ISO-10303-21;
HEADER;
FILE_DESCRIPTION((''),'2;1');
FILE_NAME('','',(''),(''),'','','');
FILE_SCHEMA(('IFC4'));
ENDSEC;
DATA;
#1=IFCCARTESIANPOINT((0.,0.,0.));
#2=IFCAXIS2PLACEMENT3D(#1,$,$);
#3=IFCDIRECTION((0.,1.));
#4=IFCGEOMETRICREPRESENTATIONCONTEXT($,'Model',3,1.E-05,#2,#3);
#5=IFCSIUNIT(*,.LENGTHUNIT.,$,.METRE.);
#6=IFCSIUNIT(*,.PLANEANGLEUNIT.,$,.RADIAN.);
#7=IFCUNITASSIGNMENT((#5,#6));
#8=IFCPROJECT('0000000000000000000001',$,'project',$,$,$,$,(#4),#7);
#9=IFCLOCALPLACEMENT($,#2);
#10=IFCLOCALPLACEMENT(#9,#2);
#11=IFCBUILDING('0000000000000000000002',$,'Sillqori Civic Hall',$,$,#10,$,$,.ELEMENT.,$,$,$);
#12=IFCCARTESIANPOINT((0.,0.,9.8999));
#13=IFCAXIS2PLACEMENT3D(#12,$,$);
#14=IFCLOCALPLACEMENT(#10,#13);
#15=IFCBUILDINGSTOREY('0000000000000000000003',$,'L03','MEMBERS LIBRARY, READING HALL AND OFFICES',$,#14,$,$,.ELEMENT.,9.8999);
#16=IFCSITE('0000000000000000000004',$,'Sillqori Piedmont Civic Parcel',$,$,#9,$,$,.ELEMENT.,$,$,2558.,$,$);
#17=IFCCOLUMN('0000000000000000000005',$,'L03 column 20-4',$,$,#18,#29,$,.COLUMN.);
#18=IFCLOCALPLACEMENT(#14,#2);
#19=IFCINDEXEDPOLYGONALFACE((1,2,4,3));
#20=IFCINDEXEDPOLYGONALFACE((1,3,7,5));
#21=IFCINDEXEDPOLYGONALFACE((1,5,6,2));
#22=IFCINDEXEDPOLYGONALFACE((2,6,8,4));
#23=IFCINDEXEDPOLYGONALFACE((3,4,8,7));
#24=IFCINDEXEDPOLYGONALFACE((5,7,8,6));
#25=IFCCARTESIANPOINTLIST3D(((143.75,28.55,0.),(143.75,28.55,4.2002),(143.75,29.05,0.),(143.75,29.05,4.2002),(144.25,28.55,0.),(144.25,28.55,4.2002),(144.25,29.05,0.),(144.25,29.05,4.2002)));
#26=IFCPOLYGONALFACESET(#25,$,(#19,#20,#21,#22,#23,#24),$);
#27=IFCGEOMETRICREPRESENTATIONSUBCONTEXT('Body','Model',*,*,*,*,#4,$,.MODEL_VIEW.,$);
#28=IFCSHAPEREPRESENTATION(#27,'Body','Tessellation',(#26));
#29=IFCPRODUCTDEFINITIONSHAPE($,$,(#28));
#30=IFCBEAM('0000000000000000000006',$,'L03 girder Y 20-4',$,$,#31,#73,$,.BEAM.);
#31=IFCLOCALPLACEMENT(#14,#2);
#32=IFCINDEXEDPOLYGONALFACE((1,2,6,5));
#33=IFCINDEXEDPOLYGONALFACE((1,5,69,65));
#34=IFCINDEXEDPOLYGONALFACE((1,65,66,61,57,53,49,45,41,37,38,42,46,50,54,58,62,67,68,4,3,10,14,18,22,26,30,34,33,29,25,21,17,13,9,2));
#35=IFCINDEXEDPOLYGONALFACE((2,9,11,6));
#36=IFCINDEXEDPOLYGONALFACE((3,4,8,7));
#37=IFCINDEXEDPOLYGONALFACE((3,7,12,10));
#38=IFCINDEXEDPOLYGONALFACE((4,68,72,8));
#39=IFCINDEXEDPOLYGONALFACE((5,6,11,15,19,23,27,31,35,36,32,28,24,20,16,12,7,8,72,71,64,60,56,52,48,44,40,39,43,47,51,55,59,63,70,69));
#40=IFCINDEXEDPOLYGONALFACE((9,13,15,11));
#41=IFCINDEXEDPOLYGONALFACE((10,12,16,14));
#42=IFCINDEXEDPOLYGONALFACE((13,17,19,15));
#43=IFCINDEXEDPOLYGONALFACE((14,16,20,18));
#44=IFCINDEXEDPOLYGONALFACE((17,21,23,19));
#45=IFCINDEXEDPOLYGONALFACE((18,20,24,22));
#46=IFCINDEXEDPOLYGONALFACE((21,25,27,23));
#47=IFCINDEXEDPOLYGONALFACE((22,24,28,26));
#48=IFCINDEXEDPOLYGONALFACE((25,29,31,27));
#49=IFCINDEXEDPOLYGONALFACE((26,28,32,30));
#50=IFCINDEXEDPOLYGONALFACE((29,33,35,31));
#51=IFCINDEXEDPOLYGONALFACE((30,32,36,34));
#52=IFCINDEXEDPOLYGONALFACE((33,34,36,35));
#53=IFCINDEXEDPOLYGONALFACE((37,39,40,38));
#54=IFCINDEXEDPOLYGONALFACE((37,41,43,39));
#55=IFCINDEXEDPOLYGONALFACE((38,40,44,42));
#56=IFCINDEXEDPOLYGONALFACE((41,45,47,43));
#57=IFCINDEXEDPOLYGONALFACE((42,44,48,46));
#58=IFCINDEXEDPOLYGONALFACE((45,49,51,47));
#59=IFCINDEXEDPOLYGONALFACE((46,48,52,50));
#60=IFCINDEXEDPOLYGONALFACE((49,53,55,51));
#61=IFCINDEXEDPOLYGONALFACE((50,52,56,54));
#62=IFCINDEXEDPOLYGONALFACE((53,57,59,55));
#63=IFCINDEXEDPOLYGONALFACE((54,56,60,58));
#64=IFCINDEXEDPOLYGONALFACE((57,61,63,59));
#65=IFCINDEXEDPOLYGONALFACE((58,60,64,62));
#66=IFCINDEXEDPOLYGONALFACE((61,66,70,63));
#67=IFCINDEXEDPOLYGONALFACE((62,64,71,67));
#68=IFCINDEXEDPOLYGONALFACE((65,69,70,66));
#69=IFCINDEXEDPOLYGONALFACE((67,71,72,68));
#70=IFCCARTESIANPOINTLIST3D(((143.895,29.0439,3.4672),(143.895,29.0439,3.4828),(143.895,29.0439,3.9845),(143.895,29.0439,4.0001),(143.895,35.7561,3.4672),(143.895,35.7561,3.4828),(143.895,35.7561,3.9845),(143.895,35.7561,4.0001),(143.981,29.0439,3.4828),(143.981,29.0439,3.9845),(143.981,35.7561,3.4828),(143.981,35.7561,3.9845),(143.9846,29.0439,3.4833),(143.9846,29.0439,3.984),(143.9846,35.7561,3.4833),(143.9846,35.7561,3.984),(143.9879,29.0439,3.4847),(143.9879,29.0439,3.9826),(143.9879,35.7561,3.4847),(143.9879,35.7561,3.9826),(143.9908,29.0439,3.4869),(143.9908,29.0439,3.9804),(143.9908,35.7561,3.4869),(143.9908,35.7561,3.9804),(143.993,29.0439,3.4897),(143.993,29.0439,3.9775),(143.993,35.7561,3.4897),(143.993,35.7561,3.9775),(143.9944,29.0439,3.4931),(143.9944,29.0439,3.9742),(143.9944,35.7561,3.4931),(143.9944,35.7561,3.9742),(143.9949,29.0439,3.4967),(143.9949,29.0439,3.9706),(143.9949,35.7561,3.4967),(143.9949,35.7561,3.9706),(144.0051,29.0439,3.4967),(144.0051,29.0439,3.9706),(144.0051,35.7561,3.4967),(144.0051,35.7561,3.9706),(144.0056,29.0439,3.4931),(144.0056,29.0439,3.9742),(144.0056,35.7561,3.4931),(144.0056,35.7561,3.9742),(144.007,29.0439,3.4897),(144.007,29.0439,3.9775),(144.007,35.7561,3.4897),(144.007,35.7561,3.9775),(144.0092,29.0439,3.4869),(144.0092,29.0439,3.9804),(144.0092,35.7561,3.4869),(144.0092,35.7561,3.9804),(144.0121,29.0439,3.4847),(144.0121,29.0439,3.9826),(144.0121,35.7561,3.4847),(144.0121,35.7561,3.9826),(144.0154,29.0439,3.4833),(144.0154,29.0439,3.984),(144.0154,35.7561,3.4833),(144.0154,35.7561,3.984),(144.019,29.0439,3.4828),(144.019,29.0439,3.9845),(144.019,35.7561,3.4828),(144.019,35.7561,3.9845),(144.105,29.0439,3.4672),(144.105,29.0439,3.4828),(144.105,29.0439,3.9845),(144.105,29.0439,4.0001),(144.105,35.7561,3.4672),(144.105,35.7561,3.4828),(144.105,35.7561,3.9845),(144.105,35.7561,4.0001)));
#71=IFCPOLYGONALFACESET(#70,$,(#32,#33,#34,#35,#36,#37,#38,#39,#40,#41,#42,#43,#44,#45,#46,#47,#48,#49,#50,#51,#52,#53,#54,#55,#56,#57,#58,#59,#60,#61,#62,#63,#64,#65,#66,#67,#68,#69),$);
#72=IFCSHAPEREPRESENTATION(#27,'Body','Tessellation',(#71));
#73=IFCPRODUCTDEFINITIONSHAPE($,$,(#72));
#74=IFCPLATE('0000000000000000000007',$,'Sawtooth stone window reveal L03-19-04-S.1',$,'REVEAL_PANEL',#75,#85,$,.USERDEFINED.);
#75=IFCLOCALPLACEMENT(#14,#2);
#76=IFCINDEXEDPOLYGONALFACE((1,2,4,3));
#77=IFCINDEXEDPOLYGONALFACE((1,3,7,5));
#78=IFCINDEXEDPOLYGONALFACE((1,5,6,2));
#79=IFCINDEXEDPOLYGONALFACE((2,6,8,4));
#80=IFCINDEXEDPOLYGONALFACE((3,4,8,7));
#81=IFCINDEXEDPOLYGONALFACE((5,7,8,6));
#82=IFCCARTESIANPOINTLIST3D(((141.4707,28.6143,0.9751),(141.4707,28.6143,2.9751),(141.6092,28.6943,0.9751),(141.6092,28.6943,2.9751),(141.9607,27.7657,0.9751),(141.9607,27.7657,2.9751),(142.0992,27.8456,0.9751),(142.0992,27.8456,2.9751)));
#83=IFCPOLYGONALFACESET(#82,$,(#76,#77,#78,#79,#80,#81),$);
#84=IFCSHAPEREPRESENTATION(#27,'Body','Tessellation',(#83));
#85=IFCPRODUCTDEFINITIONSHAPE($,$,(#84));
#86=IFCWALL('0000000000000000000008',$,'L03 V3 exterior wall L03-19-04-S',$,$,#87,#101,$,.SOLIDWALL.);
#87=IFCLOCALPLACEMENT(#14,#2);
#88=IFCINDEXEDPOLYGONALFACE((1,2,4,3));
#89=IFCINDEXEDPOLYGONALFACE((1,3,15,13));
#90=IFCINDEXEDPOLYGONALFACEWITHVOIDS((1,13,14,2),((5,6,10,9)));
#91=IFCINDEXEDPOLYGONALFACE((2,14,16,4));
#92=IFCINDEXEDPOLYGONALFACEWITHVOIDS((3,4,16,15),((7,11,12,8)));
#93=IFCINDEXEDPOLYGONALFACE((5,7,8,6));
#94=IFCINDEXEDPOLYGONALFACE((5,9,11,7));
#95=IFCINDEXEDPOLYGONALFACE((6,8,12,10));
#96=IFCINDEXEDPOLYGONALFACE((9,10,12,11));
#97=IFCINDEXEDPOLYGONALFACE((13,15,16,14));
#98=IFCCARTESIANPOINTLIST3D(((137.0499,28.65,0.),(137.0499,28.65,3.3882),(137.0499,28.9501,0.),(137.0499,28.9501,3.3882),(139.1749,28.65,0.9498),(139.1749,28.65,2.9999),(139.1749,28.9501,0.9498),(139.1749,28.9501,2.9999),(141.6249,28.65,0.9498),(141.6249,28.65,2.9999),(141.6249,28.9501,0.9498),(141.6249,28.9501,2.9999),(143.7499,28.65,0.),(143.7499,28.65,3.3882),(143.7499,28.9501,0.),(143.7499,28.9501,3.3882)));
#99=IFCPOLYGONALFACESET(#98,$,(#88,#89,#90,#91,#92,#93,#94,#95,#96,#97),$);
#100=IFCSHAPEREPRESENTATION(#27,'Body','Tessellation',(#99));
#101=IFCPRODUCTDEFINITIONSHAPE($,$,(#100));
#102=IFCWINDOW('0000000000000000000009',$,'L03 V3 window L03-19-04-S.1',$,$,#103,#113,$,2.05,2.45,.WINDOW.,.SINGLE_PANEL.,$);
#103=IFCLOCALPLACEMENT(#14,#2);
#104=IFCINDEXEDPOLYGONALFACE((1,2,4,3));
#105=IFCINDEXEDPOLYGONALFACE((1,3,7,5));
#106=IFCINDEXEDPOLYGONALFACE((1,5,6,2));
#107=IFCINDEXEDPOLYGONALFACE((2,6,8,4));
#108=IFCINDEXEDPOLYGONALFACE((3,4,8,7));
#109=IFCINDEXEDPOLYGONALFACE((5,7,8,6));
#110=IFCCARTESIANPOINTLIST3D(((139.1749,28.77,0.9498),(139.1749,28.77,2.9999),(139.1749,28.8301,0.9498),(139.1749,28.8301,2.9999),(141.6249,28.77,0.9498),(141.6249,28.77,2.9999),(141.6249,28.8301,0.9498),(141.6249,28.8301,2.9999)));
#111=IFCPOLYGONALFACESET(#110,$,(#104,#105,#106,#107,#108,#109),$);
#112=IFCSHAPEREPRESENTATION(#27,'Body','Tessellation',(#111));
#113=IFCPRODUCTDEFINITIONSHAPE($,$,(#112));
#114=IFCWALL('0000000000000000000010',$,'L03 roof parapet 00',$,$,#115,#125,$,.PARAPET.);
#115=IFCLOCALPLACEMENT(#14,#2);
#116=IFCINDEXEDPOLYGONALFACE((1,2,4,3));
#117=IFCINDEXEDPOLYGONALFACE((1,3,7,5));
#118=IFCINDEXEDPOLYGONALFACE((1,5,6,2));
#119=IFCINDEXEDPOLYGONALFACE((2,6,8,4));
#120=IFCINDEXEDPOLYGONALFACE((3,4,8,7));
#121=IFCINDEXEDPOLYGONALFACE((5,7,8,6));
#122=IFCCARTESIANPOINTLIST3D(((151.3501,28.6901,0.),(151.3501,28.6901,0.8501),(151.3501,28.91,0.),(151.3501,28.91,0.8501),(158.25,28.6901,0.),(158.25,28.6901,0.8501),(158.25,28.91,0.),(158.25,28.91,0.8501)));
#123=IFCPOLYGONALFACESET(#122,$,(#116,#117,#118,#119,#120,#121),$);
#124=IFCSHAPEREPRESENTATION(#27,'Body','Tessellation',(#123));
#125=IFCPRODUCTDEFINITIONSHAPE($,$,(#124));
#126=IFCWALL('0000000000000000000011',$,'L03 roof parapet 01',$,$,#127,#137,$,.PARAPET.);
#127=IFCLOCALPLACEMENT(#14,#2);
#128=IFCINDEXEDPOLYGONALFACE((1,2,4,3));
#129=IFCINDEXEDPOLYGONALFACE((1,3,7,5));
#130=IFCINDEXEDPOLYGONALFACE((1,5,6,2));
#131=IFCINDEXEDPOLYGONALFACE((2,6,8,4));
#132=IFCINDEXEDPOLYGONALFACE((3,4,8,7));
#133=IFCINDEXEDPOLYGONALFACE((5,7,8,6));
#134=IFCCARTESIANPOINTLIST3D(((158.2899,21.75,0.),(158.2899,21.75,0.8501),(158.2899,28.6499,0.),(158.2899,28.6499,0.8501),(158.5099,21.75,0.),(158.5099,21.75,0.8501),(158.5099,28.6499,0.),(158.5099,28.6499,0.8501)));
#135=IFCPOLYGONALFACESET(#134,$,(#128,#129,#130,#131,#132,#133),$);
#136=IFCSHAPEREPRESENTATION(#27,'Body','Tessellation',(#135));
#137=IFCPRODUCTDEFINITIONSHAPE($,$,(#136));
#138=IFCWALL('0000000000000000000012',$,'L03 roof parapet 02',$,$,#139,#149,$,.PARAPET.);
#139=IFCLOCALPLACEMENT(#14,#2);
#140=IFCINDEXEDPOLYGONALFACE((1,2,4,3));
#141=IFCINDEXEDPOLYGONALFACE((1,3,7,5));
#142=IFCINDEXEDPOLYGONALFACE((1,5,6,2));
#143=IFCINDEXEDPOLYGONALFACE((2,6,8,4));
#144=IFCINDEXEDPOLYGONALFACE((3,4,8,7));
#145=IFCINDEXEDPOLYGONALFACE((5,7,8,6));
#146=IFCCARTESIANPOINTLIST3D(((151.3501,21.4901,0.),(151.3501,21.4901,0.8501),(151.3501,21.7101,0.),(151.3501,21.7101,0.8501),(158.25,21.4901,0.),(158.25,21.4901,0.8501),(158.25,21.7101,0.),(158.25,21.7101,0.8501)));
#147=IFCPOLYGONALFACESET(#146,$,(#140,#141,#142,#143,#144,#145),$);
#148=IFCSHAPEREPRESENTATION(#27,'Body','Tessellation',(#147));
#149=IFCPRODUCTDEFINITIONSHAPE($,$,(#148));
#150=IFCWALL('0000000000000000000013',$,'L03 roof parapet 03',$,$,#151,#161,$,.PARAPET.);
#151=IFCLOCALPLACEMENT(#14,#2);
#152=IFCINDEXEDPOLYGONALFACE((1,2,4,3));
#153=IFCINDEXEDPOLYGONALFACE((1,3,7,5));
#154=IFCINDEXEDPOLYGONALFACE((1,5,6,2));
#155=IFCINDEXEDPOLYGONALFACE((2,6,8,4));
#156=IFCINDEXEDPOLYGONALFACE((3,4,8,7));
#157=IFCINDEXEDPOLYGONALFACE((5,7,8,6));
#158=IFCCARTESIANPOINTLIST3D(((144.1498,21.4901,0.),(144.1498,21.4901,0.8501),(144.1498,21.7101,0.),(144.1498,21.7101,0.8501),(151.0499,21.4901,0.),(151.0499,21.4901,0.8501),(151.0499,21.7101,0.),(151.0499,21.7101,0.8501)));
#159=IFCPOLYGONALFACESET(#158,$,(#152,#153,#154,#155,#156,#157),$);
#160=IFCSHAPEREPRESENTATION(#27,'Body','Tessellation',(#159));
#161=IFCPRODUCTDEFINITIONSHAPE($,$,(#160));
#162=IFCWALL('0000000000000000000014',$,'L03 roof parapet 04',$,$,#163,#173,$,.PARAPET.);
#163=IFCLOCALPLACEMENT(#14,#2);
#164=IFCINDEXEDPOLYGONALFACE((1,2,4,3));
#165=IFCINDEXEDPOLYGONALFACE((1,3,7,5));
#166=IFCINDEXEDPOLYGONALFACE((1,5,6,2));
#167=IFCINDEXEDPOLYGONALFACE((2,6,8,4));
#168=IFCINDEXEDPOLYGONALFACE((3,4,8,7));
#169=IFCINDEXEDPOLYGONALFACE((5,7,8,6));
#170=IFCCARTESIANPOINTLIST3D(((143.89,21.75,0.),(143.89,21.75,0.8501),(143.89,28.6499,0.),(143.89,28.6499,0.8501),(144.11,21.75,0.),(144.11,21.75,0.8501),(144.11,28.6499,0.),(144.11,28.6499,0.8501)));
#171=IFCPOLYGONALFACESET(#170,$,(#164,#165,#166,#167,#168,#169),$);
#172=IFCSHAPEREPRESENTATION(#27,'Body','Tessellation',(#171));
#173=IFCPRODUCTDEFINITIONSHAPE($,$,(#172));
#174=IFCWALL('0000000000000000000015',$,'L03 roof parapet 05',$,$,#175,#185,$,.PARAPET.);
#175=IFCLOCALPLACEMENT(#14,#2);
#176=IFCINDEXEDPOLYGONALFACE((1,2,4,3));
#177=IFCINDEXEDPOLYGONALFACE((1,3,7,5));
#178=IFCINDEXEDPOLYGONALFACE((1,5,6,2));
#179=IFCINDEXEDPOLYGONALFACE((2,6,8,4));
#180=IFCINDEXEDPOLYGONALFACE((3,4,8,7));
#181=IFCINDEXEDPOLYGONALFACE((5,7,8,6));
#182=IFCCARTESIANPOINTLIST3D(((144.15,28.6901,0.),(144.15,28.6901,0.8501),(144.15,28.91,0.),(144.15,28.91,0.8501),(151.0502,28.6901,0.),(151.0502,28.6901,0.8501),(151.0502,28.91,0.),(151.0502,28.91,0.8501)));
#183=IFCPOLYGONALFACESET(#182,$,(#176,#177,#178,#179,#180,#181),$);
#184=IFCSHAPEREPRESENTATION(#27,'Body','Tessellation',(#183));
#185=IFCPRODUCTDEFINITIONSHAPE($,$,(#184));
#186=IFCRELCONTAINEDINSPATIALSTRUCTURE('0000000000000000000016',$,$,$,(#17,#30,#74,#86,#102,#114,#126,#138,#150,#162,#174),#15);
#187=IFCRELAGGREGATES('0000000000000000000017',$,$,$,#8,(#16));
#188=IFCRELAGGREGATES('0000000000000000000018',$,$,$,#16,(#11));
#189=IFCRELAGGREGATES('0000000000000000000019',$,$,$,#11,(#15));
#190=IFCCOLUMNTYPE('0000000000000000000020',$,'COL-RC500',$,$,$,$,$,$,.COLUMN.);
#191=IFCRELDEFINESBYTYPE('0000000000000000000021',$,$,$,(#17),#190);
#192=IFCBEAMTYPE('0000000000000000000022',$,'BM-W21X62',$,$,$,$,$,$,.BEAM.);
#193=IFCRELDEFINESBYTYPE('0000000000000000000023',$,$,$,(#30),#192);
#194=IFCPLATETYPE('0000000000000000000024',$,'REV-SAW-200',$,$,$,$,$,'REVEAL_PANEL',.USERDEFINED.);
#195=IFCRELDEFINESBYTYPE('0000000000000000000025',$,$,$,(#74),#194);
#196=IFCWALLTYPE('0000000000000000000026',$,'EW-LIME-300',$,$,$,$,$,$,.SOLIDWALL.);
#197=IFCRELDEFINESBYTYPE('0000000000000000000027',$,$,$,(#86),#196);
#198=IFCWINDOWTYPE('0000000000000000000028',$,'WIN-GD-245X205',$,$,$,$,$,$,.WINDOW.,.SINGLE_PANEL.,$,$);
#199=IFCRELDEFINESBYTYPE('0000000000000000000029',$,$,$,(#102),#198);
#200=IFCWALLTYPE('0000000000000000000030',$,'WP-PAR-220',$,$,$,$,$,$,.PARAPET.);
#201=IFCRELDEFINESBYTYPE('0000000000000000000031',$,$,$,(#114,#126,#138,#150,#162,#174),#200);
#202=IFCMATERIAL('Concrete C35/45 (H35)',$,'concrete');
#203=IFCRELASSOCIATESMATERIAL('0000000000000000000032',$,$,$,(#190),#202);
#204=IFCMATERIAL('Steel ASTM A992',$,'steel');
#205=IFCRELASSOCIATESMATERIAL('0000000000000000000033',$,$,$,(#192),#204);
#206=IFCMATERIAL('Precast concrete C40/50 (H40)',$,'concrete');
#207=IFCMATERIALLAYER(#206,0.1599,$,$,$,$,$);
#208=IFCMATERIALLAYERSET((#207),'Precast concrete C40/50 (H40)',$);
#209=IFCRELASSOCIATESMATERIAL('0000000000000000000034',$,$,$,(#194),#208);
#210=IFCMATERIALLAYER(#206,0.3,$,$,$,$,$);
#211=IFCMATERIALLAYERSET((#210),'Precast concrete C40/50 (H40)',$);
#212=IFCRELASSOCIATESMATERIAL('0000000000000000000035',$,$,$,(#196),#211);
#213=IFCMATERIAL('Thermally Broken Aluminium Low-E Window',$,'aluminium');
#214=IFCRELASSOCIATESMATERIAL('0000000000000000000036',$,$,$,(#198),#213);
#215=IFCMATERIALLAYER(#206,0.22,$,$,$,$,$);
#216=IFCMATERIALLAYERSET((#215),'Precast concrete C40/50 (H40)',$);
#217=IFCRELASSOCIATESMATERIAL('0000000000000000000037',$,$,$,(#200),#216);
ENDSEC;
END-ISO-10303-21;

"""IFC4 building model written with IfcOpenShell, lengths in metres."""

from ifc_helpers import new_model, si_unit, direction, frame, frame_2d, origin, origin_2d, place, context, subcontext, project, spatial, rectangle, i_section, extrude, material, layer, layer_set, material_profile, profile_set, type_object, element, fill, save


model = new_model("IFC4")

# Units and contexts
model_context = context("Model", 3, precision=1e-05, world=origin(), true_north=direction((0.0, 1.0)))
body_context = subcontext(model_context, "Body", "Model", "MODEL_VIEW")
ifc_project = project(units=[si_unit("LENGTHUNIT", "METRE"), si_unit("PLANEANGLEUNIT", "RADIAN")], contexts=[model_context])

# Site, building, storey
site_placement = place(None, origin())
site = spatial("IfcSite", under=ifc_project, at=site_placement, Name="Sillqori Piedmont Civic Parcel", CompositionType="ELEMENT", RefElevation=2558.0)
building_placement = place(site_placement, origin())
building = spatial("IfcBuilding", under=site, at=building_placement, Name="Sillqori Civic Hall", CompositionType="ELEMENT")
storey_placement = place(building_placement, frame((0.0, 0.0, 9.8999)))
storey = spatial("IfcBuildingStorey", under=building, at=storey_placement, Name="L03", Description="MEMBERS LIBRARY, READING HALL AND OFFICES", CompositionType="ELEMENT", Elevation=9.8999)

# Column
ifc_material_1 = material(Name="Concrete C35/45 (H35)", Category="concrete")
ifc_material_profile_1 = material_profile(ifc_material_1, rectangle(XDim=0.5, YDim=0.5, at=origin_2d()), Name="RC 500x500")
ifc_profile_set_1 = profile_set([ifc_material_profile_1], Name="Concrete C35/45 (H35)")
column_type = type_object("IfcColumnType", Name="COL-RC500", PredefinedType="COLUMN", material=ifc_profile_set_1)
column_placement = place(storey_placement, frame((144.0, 28.8, 0.0), z_axis=(0.0, 0.0, 1.0), x_axis=(1.0, 0.0, 0.0)))
element("IfcColumn", 1, at=column_placement, inside=storey, type_object=column_type, Name="L03 column 20-4", PredefinedType="COLUMN", context=body_context, shape_type="SweptSolid", body=[
    extrude(rectangle(XDim=0.5, YDim=0.5, at=origin_2d()), origin(), (0.0, 0.0, 1.0), 4.2002),
])

# Beam
ifc_material_2 = material(Name="Steel ASTM A992", Category="steel")
ifc_material_profile_2 = material_profile(ifc_material_2, i_section(OverallWidth=0.21, OverallDepth=0.533, WebThickness=0.0103, FlangeThickness=0.0156, FilletRadius=0.0139, at=origin_2d()), Name="W21X62")
ifc_profile_set_2 = profile_set([ifc_material_profile_2], Name="Steel ASTM A992")
beam_type = type_object("IfcBeamType", Name="BM-W21X62", PredefinedType="BEAM", material=ifc_profile_set_2)
beam_placement = place(storey_placement, frame((144.0, 29.0439, 3.7336), z_axis=(0.0, 1.0, 0.0), x_axis=(-1.0, 0.0, 0.0)))
element("IfcBeam", 2, at=beam_placement, inside=storey, type_object=beam_type, Name="L03 girder Y 20-4", PredefinedType="BEAM", context=body_context, shape_type="SweptSolid", body=[
    extrude(i_section(OverallWidth=0.21, OverallDepth=0.533, WebThickness=0.0103, FlangeThickness=0.0156, FilletRadius=0.0139, at=origin_2d()), origin(), (0.0, 0.0, 1.0), 6.7122),
])

# Plate
ifc_material_3 = material(Name="Precast concrete C40/50 (H40)", Category="concrete")
ifc_layer_1 = layer(ifc_material_3, 0.1599)
ifc_layer_set_1 = layer_set([ifc_layer_1], Name="Precast concrete C40/50 (H40)")
plate_type_1 = type_object("IfcPlateType", Name="REV-SAW-200", ElementType="REVEAL_PANEL", PredefinedType="USERDEFINED", material=ifc_layer_set_1)
plate_1_placement = place(storey_placement, frame((141.7849, 28.23, 0.9751), z_axis=(0.0, 0.0, 1.0), x_axis=(-0.866025, -0.5, 0.0)))
element("IfcPlate", 3, at=plate_1_placement, inside=storey, type_object=plate_type_1, Name="Sawtooth stone window reveal L03-19-04-S.1", ObjectType="REVEAL_PANEL", PredefinedType="USERDEFINED", context=body_context, shape_type="SweptSolid", body=[
    extrude(rectangle(XDim=0.1599, YDim=0.98, at=origin_2d()), origin(), (0.0, 0.0, 1.0), 2.0),
])

# Wall, opening, window
ifc_layer_2 = layer(ifc_material_3, 0.3)
ifc_layer_set_2 = layer_set([ifc_layer_2], Name="Precast concrete C40/50 (H40)")
wall_type_1 = type_object("IfcWallType", Name="EW-LIME-300", PredefinedType="SOLIDWALL", material=ifc_layer_set_2)
wall_1_placement = place(storey_placement, frame((143.75, 28.8, 0.0), z_axis=(0.0, 0.0, 1.0), x_axis=(-1.0, 0.0, 0.0)))
wall_1 = element("IfcWall", 4, at=wall_1_placement, inside=storey, type_object=wall_type_1, Name="L03 V3 exterior wall L03-19-04-S", PredefinedType="SOLIDWALL", context=body_context, shape_type="SweptSolid", body=[
    extrude(rectangle(XDim=6.7, YDim=0.3, at=frame_2d((3.3501, 0.0))), origin(), (0.0, 0.0, 1.0), 3.3882),
])
opening_placement = place(wall_1_placement, frame((2.125, 0.0, 0.95)))
opening = element("IfcOpeningElement", 5, at=opening_placement, cuts=wall_1, PredefinedType="OPENING", context=body_context, shape_type="SweptSolid", body=[
    extrude(rectangle(XDim=2.45, YDim=2.05, at=frame_2d((1.2251, 1.0249))), frame((0.0, 0.1599, 0.0), z_axis=(0.0, -1.0, 0.0), x_axis=(1.0, 0.0, 0.0)), (0.0, 0.0, 1.0), 0.3201),
])
ifc_material_4 = material(Name="Thermally Broken Aluminium Low-E Window", Category="aluminium")
window_type = type_object("IfcWindowType", Name="WIN-GD-245X205", PartitioningType="SINGLE_PANEL", PredefinedType="WINDOW", material=ifc_material_4)
window_placement = place(opening_placement, origin())
window = element("IfcWindow", 6, at=window_placement, inside=storey, type_object=window_type, Name="L03 V3 window L03-19-04-S.1", OverallHeight=2.05, OverallWidth=2.45, PartitioningType="SINGLE_PANEL", PredefinedType="WINDOW", context=body_context, shape_type="SweptSolid", body=[
    extrude(rectangle(XDim=2.45, YDim=2.05, at=frame_2d((1.2251, 1.0249))), frame((0.0, 0.03, 0.0), z_axis=(0.0, -1.0, 0.0), x_axis=(1.0, 0.0, 0.0)), (0.0, 0.0, 1.0), 0.0601),
])
fill(opening, window)

# Walls
ifc_layer_3 = layer(ifc_material_3, 0.22)
ifc_layer_set_3 = layer_set([ifc_layer_3], Name="Precast concrete C40/50 (H40)")
wall_type_2 = type_object("IfcWallType", Name="WP-PAR-220", PredefinedType="PARAPET", material=ifc_layer_set_3)
for number, where, z_axis, x_axis, name in (
    (7, (151.3501, 28.8, 0.0), (0.0, 0.0, 1.0), (1.0, 0.0, 0.0), "L03 roof parapet 00"),
    (8, (158.3999, 28.6499, 0.0), (0.0, 0.0, 1.0), (0.0, -1.0, 0.0), "L03 roof parapet 01"),
    (9, (158.25, 21.6001, 0.0), (0.0, 0.0, 1.0), (-1.0, 0.0, 0.0), "L03 roof parapet 02"),
):
    element("IfcWall", number, at=place(storey_placement, frame(where, z_axis=z_axis, x_axis=x_axis)), inside=storey, type_object=wall_type_2, Name=name, PredefinedType="PARAPET", context=body_context, shape_type="SweptSolid", body=[
        extrude(rectangle(XDim=6.8999, YDim=0.22, at=frame_2d((3.45, 0.0))), origin(), (0.0, 0.0, 1.0), 0.8501),
    ])
wall_2_placement = place(storey_placement, frame((151.05, 21.6001, 0.0), z_axis=(0.0, 0.0, 1.0), x_axis=(-1.0, 0.0, 0.0)))
element("IfcWall", 10, at=wall_2_placement, inside=storey, type_object=wall_type_2, Name="L03 roof parapet 03", PredefinedType="PARAPET", context=body_context, shape_type="SweptSolid", body=[
    extrude(rectangle(XDim=6.9001, YDim=0.22, at=frame_2d((3.4502, 0.0))), origin(), (0.0, 0.0, 1.0), 0.8501),
])
wall_3_placement = place(storey_placement, frame((144.0, 21.75, 0.0), z_axis=(0.0, 0.0, 1.0), x_axis=(0.0, 1.0, 0.0)))
element("IfcWall", 11, at=wall_3_placement, inside=storey, type_object=wall_type_2, Name="L03 roof parapet 04", PredefinedType="PARAPET", context=body_context, shape_type="SweptSolid", body=[
    extrude(rectangle(XDim=6.8999, YDim=0.22, at=frame_2d((3.45, 0.0))), origin(), (0.0, 0.0, 1.0), 0.8501),
])
wall_4_placement = place(storey_placement, frame((144.1499, 28.8, 0.0), z_axis=(0.0, 0.0, 1.0), x_axis=(1.0, 0.0, 0.0)))
element("IfcWall", 12, at=wall_4_placement, inside=storey, type_object=wall_type_2, Name="L03 roof parapet 05", PredefinedType="PARAPET", context=body_context, shape_type="SweptSolid", body=[
    extrude(rectangle(XDim=6.9001, YDim=0.22, at=frame_2d((3.4502, 0.0))), origin(), (0.0, 0.0, 1.0), 0.8501),
])

save(model, "model.ifc")
